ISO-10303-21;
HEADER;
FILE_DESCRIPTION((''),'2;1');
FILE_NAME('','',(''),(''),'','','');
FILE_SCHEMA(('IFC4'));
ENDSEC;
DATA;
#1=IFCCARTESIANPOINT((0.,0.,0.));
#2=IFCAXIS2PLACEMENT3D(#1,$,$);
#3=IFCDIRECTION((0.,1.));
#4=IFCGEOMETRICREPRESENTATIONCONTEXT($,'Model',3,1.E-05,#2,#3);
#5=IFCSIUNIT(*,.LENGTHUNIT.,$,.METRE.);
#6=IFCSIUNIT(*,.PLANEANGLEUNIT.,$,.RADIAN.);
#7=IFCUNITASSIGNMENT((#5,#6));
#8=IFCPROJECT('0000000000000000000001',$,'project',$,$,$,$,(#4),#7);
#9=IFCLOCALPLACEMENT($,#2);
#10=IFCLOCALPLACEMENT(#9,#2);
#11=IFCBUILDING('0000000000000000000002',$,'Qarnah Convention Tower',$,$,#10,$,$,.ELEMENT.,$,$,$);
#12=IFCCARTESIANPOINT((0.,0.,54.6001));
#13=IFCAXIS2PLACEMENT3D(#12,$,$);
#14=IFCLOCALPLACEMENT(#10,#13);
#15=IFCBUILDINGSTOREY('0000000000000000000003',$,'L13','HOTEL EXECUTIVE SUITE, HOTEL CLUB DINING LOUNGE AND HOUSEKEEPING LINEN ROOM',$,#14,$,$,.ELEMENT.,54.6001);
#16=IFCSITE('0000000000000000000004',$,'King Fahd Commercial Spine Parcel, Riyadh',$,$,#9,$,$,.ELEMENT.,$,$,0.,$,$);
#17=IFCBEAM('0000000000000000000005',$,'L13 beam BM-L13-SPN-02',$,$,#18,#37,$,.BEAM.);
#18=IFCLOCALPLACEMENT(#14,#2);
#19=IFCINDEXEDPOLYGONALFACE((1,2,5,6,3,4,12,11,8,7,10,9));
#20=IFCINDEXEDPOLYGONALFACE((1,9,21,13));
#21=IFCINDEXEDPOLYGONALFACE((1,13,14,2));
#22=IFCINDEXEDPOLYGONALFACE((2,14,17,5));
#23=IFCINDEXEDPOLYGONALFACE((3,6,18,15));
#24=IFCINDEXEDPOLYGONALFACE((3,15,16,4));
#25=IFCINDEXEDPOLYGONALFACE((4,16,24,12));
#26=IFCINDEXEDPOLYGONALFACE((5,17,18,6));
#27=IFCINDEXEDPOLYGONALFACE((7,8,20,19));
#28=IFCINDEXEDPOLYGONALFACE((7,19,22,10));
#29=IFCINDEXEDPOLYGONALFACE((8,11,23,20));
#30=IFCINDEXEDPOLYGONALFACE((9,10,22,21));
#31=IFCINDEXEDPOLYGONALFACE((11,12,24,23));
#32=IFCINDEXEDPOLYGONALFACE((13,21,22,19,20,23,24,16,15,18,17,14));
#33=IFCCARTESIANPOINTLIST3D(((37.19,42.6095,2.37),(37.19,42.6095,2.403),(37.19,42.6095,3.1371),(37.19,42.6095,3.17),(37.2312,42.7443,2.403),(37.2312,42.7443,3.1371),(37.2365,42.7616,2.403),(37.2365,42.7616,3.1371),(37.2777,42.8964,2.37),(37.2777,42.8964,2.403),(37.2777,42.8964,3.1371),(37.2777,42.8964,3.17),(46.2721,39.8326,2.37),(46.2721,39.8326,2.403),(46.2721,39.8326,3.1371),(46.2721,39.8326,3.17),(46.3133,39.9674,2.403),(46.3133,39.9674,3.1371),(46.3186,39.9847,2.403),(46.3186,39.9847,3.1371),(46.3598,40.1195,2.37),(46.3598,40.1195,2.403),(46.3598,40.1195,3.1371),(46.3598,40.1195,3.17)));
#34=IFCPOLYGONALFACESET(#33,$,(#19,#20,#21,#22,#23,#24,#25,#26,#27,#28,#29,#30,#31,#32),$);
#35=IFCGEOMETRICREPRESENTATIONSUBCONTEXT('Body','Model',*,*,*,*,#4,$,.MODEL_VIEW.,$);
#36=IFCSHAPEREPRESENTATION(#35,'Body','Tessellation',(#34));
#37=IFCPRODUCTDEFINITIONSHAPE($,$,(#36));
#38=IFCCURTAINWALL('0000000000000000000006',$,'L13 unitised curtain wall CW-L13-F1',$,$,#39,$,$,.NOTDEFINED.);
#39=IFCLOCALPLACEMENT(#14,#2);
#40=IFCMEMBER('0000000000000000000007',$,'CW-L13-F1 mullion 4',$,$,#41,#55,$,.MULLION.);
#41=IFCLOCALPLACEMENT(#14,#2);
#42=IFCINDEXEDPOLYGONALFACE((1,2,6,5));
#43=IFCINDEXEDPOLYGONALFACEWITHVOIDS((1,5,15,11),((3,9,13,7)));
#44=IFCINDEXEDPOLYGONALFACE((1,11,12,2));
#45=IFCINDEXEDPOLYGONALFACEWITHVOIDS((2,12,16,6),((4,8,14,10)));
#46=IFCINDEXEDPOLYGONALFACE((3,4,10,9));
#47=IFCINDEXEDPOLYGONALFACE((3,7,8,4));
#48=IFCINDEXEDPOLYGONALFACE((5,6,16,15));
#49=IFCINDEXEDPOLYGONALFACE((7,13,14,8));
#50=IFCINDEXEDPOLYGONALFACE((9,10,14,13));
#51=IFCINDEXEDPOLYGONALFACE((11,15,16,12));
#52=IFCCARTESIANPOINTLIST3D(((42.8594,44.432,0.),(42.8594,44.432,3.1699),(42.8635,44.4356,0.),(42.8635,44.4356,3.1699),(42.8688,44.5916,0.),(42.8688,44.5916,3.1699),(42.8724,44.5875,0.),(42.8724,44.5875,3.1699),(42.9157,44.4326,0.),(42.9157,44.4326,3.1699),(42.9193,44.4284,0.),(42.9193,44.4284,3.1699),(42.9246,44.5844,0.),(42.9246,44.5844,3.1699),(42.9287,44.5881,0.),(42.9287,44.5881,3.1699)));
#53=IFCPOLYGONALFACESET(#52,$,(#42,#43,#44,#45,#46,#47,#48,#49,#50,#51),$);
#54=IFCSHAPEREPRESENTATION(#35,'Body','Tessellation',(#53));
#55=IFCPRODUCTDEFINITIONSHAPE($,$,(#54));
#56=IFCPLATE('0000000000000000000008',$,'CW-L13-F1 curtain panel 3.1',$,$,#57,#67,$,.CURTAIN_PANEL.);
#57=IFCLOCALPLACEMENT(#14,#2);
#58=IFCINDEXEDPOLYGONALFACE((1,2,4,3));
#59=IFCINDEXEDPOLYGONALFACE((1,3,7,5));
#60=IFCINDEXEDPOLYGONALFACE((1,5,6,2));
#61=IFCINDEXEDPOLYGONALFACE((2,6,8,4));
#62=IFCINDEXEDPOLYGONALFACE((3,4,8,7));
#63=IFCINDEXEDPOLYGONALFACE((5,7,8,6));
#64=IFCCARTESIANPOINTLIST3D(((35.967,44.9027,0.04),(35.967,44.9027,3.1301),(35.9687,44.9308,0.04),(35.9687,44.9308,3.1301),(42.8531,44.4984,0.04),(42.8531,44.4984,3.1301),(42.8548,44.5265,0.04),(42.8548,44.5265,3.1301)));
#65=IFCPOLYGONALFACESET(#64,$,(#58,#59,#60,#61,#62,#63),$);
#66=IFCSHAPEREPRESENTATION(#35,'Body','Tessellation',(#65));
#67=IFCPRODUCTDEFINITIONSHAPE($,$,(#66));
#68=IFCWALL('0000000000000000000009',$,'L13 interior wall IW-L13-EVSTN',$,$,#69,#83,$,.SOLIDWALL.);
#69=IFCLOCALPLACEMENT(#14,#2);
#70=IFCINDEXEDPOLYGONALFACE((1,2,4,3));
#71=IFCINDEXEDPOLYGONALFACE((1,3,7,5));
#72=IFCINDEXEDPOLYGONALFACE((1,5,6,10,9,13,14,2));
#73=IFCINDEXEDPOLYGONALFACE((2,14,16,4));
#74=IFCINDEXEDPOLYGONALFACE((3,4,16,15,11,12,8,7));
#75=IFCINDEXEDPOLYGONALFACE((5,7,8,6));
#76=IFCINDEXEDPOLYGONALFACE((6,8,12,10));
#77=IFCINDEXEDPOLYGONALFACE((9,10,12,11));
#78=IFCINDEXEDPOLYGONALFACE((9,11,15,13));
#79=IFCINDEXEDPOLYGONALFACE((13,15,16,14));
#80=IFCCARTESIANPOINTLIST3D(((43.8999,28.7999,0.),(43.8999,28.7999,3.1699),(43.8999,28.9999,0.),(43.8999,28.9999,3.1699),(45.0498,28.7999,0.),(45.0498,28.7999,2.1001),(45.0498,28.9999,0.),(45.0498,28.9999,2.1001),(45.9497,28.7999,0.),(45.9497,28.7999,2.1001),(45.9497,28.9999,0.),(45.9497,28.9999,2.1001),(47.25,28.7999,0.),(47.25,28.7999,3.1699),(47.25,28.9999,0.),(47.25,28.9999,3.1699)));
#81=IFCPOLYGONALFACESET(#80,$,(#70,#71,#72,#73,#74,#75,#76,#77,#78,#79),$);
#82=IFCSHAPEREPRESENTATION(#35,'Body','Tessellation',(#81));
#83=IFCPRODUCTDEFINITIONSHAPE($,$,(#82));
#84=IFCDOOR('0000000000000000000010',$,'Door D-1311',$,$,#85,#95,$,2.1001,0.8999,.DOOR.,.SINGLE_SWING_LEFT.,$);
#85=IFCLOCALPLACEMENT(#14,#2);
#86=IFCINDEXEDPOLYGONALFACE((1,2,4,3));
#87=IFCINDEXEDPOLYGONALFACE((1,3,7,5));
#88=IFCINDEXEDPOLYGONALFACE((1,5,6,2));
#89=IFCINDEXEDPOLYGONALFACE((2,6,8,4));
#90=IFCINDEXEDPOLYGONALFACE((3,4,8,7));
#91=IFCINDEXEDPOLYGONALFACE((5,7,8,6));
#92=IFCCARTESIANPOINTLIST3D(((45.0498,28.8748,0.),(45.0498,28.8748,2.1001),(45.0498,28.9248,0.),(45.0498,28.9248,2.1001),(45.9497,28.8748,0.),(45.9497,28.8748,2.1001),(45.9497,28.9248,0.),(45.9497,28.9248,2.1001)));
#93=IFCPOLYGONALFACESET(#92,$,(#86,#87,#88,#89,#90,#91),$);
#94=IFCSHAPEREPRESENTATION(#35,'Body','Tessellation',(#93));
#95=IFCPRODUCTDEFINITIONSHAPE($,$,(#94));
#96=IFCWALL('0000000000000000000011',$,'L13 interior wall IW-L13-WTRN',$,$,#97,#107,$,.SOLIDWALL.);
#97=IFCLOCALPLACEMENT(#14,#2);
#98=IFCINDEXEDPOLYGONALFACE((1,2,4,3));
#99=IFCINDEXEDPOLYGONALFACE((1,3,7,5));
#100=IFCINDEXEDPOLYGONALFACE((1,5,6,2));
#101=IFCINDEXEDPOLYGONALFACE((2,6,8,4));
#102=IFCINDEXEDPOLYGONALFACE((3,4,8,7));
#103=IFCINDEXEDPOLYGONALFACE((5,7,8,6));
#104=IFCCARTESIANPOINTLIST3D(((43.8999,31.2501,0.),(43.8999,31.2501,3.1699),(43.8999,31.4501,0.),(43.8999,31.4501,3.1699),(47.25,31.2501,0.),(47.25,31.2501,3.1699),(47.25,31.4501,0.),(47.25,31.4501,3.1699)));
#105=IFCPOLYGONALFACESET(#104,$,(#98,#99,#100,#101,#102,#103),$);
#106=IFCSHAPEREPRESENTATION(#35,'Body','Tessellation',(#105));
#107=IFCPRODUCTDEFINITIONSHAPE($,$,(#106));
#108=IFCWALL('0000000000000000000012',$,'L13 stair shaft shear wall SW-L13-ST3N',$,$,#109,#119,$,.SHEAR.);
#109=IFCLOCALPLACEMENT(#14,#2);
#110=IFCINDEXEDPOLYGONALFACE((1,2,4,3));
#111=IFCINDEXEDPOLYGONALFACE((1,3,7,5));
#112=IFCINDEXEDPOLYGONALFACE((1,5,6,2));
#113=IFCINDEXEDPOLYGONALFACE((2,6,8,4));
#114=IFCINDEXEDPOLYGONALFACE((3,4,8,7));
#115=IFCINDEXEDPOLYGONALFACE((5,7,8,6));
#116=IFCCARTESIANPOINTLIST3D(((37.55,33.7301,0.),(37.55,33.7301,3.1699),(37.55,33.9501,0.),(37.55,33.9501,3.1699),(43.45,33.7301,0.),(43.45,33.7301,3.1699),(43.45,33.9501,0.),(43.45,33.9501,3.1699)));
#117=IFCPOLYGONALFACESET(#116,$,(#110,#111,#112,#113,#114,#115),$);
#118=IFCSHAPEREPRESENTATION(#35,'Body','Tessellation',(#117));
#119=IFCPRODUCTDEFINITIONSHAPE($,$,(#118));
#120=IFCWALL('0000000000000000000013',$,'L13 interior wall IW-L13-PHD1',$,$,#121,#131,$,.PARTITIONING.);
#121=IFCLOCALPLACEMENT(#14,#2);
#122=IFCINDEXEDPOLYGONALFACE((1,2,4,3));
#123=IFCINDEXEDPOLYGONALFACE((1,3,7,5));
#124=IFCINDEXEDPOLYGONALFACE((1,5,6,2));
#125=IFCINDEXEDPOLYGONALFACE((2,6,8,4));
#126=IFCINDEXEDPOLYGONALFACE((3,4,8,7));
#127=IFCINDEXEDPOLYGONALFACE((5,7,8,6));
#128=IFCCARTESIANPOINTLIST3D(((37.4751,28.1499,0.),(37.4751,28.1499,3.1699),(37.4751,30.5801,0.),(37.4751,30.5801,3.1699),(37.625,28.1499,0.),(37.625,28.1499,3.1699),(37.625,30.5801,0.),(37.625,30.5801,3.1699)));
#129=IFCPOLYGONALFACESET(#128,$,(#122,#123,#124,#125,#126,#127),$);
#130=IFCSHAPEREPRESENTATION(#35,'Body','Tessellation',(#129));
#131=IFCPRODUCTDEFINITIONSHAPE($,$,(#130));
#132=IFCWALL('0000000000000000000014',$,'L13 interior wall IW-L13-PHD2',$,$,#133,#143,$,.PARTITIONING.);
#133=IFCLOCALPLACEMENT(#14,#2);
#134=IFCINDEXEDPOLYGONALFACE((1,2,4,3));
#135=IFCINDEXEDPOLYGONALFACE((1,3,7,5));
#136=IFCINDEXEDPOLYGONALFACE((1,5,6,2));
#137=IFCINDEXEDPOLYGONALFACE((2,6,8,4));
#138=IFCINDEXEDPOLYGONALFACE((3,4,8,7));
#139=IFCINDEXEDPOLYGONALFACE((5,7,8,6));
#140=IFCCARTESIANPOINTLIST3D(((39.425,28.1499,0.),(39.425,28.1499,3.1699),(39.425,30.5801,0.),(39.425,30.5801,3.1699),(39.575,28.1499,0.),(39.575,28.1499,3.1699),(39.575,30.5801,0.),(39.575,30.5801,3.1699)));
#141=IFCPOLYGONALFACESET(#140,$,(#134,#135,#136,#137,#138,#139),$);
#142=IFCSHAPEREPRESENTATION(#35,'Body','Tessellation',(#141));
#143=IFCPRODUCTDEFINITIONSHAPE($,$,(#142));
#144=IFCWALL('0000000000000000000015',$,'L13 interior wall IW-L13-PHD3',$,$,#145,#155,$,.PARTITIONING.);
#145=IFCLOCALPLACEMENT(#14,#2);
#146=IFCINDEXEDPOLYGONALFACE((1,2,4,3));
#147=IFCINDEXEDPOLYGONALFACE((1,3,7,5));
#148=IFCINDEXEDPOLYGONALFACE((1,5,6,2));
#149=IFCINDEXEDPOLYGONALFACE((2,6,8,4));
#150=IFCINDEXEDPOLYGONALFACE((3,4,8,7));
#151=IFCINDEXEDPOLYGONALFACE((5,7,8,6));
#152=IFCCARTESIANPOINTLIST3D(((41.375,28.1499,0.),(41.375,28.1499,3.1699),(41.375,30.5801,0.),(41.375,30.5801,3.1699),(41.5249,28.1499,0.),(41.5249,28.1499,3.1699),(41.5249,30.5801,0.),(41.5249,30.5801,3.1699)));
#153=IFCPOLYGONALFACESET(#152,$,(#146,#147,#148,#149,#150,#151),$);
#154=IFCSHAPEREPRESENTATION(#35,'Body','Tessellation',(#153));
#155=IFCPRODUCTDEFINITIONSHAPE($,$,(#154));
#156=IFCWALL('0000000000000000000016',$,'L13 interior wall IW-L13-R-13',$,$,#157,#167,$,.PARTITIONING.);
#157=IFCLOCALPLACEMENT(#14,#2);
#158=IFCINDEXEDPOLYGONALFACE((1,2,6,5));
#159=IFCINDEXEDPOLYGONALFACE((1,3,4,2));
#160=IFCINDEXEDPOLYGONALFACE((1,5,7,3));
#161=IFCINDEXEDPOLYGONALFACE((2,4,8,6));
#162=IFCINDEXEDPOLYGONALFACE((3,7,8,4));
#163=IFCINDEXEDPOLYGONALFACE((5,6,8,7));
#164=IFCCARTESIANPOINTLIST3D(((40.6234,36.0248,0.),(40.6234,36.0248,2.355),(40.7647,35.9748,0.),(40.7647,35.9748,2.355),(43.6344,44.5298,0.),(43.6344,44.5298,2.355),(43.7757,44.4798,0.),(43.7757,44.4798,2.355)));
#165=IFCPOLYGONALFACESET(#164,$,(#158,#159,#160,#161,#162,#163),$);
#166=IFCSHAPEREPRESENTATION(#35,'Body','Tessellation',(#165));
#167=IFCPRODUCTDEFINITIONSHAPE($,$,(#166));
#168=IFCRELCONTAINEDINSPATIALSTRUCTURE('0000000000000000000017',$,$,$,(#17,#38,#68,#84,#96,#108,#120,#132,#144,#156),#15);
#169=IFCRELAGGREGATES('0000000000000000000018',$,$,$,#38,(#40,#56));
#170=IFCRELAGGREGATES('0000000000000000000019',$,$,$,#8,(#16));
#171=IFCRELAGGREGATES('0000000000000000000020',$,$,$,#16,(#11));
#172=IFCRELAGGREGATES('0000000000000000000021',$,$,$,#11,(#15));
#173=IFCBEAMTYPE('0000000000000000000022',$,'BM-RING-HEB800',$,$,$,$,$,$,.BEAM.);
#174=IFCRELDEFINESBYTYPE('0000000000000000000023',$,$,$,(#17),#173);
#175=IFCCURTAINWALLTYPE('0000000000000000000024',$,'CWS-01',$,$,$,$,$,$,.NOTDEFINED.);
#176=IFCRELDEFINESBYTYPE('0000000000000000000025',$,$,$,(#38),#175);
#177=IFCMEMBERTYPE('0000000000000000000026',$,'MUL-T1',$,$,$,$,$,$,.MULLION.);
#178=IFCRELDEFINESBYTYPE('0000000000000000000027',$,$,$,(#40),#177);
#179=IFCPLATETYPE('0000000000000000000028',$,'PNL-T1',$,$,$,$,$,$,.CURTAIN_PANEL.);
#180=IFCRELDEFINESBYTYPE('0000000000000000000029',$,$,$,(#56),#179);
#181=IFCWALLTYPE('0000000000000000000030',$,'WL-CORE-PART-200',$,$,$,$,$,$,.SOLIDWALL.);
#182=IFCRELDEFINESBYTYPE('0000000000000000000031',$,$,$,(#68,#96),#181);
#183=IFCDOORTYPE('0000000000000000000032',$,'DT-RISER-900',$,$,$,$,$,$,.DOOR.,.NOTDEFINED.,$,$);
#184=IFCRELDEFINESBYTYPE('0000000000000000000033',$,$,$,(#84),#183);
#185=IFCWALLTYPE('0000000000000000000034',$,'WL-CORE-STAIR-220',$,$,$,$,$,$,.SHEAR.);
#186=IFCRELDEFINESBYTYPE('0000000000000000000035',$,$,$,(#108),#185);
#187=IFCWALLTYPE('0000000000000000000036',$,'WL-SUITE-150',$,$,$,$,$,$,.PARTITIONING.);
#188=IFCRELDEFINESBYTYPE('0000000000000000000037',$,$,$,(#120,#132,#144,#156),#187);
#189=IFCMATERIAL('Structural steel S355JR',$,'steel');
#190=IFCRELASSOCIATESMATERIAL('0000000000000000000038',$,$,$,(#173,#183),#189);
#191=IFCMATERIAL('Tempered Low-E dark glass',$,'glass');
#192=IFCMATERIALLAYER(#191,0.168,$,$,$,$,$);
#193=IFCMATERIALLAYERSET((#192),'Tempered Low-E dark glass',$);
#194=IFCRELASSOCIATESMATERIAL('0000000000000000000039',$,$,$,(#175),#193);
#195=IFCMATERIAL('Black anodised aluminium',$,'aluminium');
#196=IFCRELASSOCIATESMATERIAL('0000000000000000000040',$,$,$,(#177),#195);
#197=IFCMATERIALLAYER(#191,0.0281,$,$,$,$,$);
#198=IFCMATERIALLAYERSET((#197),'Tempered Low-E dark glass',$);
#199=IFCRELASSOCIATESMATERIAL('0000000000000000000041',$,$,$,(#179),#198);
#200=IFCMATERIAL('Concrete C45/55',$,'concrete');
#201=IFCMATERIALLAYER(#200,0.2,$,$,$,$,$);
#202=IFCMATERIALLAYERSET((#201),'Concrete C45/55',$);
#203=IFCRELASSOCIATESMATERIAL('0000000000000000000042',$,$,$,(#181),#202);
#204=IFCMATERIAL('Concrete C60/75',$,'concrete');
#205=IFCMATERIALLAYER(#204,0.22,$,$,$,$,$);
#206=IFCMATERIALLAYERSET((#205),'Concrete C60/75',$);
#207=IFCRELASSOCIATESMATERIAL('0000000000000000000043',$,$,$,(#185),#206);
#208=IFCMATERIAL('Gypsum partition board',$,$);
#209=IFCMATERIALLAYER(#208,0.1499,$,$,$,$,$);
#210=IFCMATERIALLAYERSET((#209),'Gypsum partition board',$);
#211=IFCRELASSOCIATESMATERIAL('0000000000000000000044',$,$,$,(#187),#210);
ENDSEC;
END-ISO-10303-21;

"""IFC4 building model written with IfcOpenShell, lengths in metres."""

from ifc_helpers import new_model, si_unit, direction, frame, frame_2d, origin, origin_2d, place, context, subcontext, project, spatial, rectangle, hollow_rectangle, i_section, extrude, material, layer, layer_set, material_profile, profile_set, type_object, element, fill, aggregate, save


model = new_model("IFC4")

# Units and contexts
model_context = context("Model", 3, precision=1e-05, world=origin(), true_north=direction((0.0, 1.0)))
body_context = subcontext(model_context, "Body", "Model", "MODEL_VIEW")
ifc_project = project(units=[si_unit("LENGTHUNIT", "METRE"), si_unit("PLANEANGLEUNIT", "RADIAN")], contexts=[model_context])

# Site, building, storey
site_placement = place(None, origin())
site = spatial("IfcSite", under=ifc_project, at=site_placement, Name="King Fahd Commercial Spine Parcel, Riyadh", CompositionType="ELEMENT", RefElevation=0.0)
building_placement = place(site_placement, origin())
building = spatial("IfcBuilding", under=site, at=building_placement, Name="Qarnah Convention Tower", CompositionType="ELEMENT")
storey_placement = place(building_placement, frame((0.0, 0.0, 54.6001)))
storey = spatial("IfcBuildingStorey", under=building, at=storey_placement, Name="L13", Description="HOTEL EXECUTIVE SUITE, HOTEL CLUB DINING LOUNGE AND HOUSEKEEPING LINEN ROOM", CompositionType="ELEMENT", Elevation=54.6001)

# Shared definitions
ifc_material_1 = material(Name="Concrete C60/75", Category="concrete")

# Beam
ifc_material_2 = material(Name="Structural steel S355JR", Category="steel")
ifc_material_profile_1 = material_profile(ifc_material_2, i_section(OverallWidth=0.3, OverallDepth=0.8, WebThickness=0.0181, FlangeThickness=0.033, at=origin_2d()), Name="HEB800")
ifc_profile_set_1 = profile_set([ifc_material_profile_1], Name="Structural steel S355JR")
beam_type_1 = type_object("IfcBeamType", Name="BM-RING-HEB800", PredefinedType="BEAM", material=ifc_profile_set_1)
beam_1_placement = place(storey_placement, frame((46.3159, 39.9761, 2.77), z_axis=(-0.956299, 0.292391, 0.0), x_axis=(-0.292391, -0.956299, 0.0)))
element("IfcBeam", 1, at=beam_1_placement, inside=storey, type_object=beam_type_1, Name="L13 beam BM-L13-SPN-02", PredefinedType="BEAM", context=body_context, shape_type="SweptSolid", body=[
    extrude(i_section(OverallWidth=0.3, OverallDepth=0.8, WebThickness=0.0181, FlangeThickness=0.033, at=origin_2d()), origin(), (0.0, 0.0, 1.0), 9.4971),
])

# Curtain wall, member, plate
ifc_material_3 = material(Name="Tempered Low-E dark glass", Category="glass")
ifc_layer_1 = layer(ifc_material_3, 0.168)
ifc_layer_set_1 = layer_set([ifc_layer_1], Name="Tempered Low-E dark glass")
curtain_wall_type = type_object("IfcCurtainWallType", Name="CWS-01", PredefinedType="NOTDEFINED", material=ifc_layer_set_1)
curtain_wall_placement = place(storey_placement, origin())
curtain_wall = element("IfcCurtainWall", 2, at=curtain_wall_placement, inside=storey, type_object=curtain_wall_type, Name="L13 unitised curtain wall CW-L13-F1", PredefinedType="NOTDEFINED")
ifc_material_4 = material(Name="Black anodised aluminium", Category="aluminium")
ifc_material_profile_2 = material_profile(ifc_material_4, hollow_rectangle(XDim=0.0601, YDim=0.1599, WallThickness=0.0039, at=origin_2d()), Name="MUL-60X160")
ifc_profile_set_2 = profile_set([ifc_material_profile_2], Name="Black anodised aluminium")
member_type = type_object("IfcMemberType", Name="MUL-T1", PredefinedType="MULLION", material=ifc_profile_set_2)
member_placement = place(storey_placement, frame((42.894, 44.51, 0.0), z_axis=(0.0, 0.0, 1.0), x_axis=(0.998281, -0.058613, 0.0)))
member = element("IfcMember", 3, at=member_placement, type_object=member_type, Name="CW-L13-F1 mullion 4", PredefinedType="MULLION", context=body_context, shape_type="SweptSolid", body=[
    extrude(hollow_rectangle(XDim=0.0601, YDim=0.1599, WallThickness=0.0039, at=origin_2d()), origin(), (0.0, 0.0, 1.0), 3.1699),
])
ifc_layer_2 = layer(ifc_material_3, 0.0281)
ifc_layer_set_2 = layer_set([ifc_layer_2], Name="Tempered Low-E dark glass")
plate_type = type_object("IfcPlateType", Name="PNL-T1", PredefinedType="CURTAIN_PANEL", material=ifc_layer_set_2)
plate_placement = place(storey_placement, frame((39.4109, 44.7146, 0.04), z_axis=(0.0, 0.0, 1.0), x_axis=(0.998281, -0.058613, 0.0)))
plate = element("IfcPlate", 4, at=plate_placement, type_object=plate_type, Name="CW-L13-F1 curtain panel 3.1", PredefinedType="CURTAIN_PANEL", context=body_context, shape_type="SweptSolid", body=[
    extrude(rectangle(XDim=6.8979, YDim=0.0281, at=origin_2d()), origin(), (0.0, 0.0, 1.0), 3.0901),
])
aggregate(curtain_wall, [member, plate])

# Wall, opening, door
ifc_material_5 = material(Name="Concrete C45/55", Category="concrete")
ifc_layer_3 = layer(ifc_material_5, 0.2)
ifc_layer_set_3 = layer_set([ifc_layer_3], Name="Concrete C45/55")
wall_type_1 = type_object("IfcWallType", Name="WL-CORE-PART-200", PredefinedType="SOLIDWALL", material=ifc_layer_set_3)
wall_1_placement = place(storey_placement, frame((43.8999, 28.8999, 0.0), z_axis=(0.0, 0.0, 1.0), x_axis=(1.0, 0.0, 0.0)))
wall_1 = element("IfcWall", 5, at=wall_1_placement, inside=storey, type_object=wall_type_1, Name="L13 interior wall IW-L13-EVSTN", PredefinedType="SOLIDWALL", context=body_context, shape_type="SweptSolid", body=[
    extrude(rectangle(XDim=3.3501, YDim=0.2, at=frame_2d((1.675, 0.0))), origin(), (0.0, 0.0, 1.0), 3.1699),
])
opening_1_placement = place(wall_1_placement, frame((1.1499, 0.0, 0.0)))
opening_1 = element("IfcOpeningElement", 6, at=opening_1_placement, cuts=wall_1, PredefinedType="OPENING", context=body_context, shape_type="SweptSolid", body=[
    extrude(rectangle(XDim=0.8999, YDim=2.1001, at=frame_2d((0.45, 1.05))), frame((0.0, 0.1099, 0.0), z_axis=(0.0, -1.0, 0.0), x_axis=(1.0, 0.0, 0.0)), (0.0, 0.0, 1.0), 0.22),
])
door_type_1 = type_object("IfcDoorType", Name="DT-RISER-900", OperationType="NOTDEFINED", PredefinedType="DOOR", material=ifc_material_2)
door_1_placement = place(opening_1_placement, origin())
door_1 = element("IfcDoor", 7, at=door_1_placement, inside=storey, type_object=door_type_1, Name="Door D-1311", OperationType="SINGLE_SWING_LEFT", OverallHeight=2.1001, OverallWidth=0.8999, PredefinedType="DOOR", context=body_context, shape_type="SweptSolid", body=[
    extrude(rectangle(XDim=0.8999, YDim=2.1001, at=frame_2d((0.45, 1.05))), frame((0.0, 0.0249, 0.0), z_axis=(0.0, -1.0, 0.0), x_axis=(1.0, 0.0, 0.0)), (0.0, 0.0, 1.0), 0.05),
])
fill(opening_1, door_1)

# Walls
wall_2_placement = place(storey_placement, frame((43.8999, 31.3501, 0.0), z_axis=(0.0, 0.0, 1.0), x_axis=(1.0, 0.0, 0.0)))
element("IfcWall", 8, at=wall_2_placement, inside=storey, type_object=wall_type_1, Name="L13 interior wall IW-L13-WTRN", PredefinedType="SOLIDWALL", context=body_context, shape_type="SweptSolid", body=[
    extrude(rectangle(XDim=3.3501, YDim=0.2, at=frame_2d((1.675, 0.0))), origin(), (0.0, 0.0, 1.0), 3.1699),
])
ifc_layer_4 = layer(ifc_material_1, 0.22)
ifc_layer_set_4 = layer_set([ifc_layer_4], Name="Concrete C60/75")
wall_type_2 = type_object("IfcWallType", Name="WL-CORE-STAIR-220", PredefinedType="SHEAR", material=ifc_layer_set_4)
wall_3_placement = place(storey_placement, frame((37.55, 33.8401, 0.0), z_axis=(0.0, 0.0, 1.0), x_axis=(1.0, 0.0, 0.0)))
element("IfcWall", 9, at=wall_3_placement, inside=storey, type_object=wall_type_2, Name="L13 stair shaft shear wall SW-L13-ST3N", PredefinedType="SHEAR", context=body_context, shape_type="SweptSolid", body=[
    extrude(rectangle(XDim=5.8999, YDim=0.22, at=frame_2d((2.95, 0.0))), origin(), (0.0, 0.0, 1.0), 3.1699),
])
ifc_material_6 = material(Name="Gypsum partition board")
ifc_layer_5 = layer(ifc_material_6, 0.1499)
ifc_layer_set_5 = layer_set([ifc_layer_5], Name="Gypsum partition board")
wall_type_3 = type_object("IfcWallType", Name="WL-SUITE-150", PredefinedType="PARTITIONING", material=ifc_layer_set_5)
for number, where, z_axis, x_axis, name in (
    (10, (37.55, 28.1499, 0.0), (0.0, 0.0, 1.0), (0.0, 1.0, 0.0), "L13 interior wall IW-L13-PHD1"),
    (11, (39.5, 28.1499, 0.0), (0.0, 0.0, 1.0), (0.0, 1.0, 0.0), "L13 interior wall IW-L13-PHD2"),
    (12, (41.45, 28.1499, 0.0), (0.0, 0.0, 1.0), (0.0, 1.0, 0.0), "L13 interior wall IW-L13-PHD3"),
):
    element("IfcWall", number, at=place(storey_placement, frame(where, z_axis=z_axis, x_axis=x_axis)), inside=storey, type_object=wall_type_3, Name=name, PredefinedType="PARTITIONING", context=body_context, shape_type="SweptSolid", body=[
        extrude(rectangle(XDim=2.4302, YDim=0.1499, at=frame_2d((1.2151, 0.0))), origin(), (0.0, 0.0, 1.0), 3.1699),
    ])
wall_4_placement = place(storey_placement, frame((43.7051, 44.5049, 0.0), z_axis=(0.0, 0.0, 1.0), x_axis=(-0.333733, -0.942668, 0.0)))
element("IfcWall", 13, at=wall_4_placement, inside=storey, type_object=wall_type_3, Name="L13 interior wall IW-L13-R-13", PredefinedType="PARTITIONING", context=body_context, shape_type="SweptSolid", body=[
    extrude(rectangle(XDim=9.0222, YDim=0.1499, at=frame_2d((4.5112, 0.0))), origin(), (0.0, 0.0, 1.0), 2.355),
])

save(model, "model.ifc")
